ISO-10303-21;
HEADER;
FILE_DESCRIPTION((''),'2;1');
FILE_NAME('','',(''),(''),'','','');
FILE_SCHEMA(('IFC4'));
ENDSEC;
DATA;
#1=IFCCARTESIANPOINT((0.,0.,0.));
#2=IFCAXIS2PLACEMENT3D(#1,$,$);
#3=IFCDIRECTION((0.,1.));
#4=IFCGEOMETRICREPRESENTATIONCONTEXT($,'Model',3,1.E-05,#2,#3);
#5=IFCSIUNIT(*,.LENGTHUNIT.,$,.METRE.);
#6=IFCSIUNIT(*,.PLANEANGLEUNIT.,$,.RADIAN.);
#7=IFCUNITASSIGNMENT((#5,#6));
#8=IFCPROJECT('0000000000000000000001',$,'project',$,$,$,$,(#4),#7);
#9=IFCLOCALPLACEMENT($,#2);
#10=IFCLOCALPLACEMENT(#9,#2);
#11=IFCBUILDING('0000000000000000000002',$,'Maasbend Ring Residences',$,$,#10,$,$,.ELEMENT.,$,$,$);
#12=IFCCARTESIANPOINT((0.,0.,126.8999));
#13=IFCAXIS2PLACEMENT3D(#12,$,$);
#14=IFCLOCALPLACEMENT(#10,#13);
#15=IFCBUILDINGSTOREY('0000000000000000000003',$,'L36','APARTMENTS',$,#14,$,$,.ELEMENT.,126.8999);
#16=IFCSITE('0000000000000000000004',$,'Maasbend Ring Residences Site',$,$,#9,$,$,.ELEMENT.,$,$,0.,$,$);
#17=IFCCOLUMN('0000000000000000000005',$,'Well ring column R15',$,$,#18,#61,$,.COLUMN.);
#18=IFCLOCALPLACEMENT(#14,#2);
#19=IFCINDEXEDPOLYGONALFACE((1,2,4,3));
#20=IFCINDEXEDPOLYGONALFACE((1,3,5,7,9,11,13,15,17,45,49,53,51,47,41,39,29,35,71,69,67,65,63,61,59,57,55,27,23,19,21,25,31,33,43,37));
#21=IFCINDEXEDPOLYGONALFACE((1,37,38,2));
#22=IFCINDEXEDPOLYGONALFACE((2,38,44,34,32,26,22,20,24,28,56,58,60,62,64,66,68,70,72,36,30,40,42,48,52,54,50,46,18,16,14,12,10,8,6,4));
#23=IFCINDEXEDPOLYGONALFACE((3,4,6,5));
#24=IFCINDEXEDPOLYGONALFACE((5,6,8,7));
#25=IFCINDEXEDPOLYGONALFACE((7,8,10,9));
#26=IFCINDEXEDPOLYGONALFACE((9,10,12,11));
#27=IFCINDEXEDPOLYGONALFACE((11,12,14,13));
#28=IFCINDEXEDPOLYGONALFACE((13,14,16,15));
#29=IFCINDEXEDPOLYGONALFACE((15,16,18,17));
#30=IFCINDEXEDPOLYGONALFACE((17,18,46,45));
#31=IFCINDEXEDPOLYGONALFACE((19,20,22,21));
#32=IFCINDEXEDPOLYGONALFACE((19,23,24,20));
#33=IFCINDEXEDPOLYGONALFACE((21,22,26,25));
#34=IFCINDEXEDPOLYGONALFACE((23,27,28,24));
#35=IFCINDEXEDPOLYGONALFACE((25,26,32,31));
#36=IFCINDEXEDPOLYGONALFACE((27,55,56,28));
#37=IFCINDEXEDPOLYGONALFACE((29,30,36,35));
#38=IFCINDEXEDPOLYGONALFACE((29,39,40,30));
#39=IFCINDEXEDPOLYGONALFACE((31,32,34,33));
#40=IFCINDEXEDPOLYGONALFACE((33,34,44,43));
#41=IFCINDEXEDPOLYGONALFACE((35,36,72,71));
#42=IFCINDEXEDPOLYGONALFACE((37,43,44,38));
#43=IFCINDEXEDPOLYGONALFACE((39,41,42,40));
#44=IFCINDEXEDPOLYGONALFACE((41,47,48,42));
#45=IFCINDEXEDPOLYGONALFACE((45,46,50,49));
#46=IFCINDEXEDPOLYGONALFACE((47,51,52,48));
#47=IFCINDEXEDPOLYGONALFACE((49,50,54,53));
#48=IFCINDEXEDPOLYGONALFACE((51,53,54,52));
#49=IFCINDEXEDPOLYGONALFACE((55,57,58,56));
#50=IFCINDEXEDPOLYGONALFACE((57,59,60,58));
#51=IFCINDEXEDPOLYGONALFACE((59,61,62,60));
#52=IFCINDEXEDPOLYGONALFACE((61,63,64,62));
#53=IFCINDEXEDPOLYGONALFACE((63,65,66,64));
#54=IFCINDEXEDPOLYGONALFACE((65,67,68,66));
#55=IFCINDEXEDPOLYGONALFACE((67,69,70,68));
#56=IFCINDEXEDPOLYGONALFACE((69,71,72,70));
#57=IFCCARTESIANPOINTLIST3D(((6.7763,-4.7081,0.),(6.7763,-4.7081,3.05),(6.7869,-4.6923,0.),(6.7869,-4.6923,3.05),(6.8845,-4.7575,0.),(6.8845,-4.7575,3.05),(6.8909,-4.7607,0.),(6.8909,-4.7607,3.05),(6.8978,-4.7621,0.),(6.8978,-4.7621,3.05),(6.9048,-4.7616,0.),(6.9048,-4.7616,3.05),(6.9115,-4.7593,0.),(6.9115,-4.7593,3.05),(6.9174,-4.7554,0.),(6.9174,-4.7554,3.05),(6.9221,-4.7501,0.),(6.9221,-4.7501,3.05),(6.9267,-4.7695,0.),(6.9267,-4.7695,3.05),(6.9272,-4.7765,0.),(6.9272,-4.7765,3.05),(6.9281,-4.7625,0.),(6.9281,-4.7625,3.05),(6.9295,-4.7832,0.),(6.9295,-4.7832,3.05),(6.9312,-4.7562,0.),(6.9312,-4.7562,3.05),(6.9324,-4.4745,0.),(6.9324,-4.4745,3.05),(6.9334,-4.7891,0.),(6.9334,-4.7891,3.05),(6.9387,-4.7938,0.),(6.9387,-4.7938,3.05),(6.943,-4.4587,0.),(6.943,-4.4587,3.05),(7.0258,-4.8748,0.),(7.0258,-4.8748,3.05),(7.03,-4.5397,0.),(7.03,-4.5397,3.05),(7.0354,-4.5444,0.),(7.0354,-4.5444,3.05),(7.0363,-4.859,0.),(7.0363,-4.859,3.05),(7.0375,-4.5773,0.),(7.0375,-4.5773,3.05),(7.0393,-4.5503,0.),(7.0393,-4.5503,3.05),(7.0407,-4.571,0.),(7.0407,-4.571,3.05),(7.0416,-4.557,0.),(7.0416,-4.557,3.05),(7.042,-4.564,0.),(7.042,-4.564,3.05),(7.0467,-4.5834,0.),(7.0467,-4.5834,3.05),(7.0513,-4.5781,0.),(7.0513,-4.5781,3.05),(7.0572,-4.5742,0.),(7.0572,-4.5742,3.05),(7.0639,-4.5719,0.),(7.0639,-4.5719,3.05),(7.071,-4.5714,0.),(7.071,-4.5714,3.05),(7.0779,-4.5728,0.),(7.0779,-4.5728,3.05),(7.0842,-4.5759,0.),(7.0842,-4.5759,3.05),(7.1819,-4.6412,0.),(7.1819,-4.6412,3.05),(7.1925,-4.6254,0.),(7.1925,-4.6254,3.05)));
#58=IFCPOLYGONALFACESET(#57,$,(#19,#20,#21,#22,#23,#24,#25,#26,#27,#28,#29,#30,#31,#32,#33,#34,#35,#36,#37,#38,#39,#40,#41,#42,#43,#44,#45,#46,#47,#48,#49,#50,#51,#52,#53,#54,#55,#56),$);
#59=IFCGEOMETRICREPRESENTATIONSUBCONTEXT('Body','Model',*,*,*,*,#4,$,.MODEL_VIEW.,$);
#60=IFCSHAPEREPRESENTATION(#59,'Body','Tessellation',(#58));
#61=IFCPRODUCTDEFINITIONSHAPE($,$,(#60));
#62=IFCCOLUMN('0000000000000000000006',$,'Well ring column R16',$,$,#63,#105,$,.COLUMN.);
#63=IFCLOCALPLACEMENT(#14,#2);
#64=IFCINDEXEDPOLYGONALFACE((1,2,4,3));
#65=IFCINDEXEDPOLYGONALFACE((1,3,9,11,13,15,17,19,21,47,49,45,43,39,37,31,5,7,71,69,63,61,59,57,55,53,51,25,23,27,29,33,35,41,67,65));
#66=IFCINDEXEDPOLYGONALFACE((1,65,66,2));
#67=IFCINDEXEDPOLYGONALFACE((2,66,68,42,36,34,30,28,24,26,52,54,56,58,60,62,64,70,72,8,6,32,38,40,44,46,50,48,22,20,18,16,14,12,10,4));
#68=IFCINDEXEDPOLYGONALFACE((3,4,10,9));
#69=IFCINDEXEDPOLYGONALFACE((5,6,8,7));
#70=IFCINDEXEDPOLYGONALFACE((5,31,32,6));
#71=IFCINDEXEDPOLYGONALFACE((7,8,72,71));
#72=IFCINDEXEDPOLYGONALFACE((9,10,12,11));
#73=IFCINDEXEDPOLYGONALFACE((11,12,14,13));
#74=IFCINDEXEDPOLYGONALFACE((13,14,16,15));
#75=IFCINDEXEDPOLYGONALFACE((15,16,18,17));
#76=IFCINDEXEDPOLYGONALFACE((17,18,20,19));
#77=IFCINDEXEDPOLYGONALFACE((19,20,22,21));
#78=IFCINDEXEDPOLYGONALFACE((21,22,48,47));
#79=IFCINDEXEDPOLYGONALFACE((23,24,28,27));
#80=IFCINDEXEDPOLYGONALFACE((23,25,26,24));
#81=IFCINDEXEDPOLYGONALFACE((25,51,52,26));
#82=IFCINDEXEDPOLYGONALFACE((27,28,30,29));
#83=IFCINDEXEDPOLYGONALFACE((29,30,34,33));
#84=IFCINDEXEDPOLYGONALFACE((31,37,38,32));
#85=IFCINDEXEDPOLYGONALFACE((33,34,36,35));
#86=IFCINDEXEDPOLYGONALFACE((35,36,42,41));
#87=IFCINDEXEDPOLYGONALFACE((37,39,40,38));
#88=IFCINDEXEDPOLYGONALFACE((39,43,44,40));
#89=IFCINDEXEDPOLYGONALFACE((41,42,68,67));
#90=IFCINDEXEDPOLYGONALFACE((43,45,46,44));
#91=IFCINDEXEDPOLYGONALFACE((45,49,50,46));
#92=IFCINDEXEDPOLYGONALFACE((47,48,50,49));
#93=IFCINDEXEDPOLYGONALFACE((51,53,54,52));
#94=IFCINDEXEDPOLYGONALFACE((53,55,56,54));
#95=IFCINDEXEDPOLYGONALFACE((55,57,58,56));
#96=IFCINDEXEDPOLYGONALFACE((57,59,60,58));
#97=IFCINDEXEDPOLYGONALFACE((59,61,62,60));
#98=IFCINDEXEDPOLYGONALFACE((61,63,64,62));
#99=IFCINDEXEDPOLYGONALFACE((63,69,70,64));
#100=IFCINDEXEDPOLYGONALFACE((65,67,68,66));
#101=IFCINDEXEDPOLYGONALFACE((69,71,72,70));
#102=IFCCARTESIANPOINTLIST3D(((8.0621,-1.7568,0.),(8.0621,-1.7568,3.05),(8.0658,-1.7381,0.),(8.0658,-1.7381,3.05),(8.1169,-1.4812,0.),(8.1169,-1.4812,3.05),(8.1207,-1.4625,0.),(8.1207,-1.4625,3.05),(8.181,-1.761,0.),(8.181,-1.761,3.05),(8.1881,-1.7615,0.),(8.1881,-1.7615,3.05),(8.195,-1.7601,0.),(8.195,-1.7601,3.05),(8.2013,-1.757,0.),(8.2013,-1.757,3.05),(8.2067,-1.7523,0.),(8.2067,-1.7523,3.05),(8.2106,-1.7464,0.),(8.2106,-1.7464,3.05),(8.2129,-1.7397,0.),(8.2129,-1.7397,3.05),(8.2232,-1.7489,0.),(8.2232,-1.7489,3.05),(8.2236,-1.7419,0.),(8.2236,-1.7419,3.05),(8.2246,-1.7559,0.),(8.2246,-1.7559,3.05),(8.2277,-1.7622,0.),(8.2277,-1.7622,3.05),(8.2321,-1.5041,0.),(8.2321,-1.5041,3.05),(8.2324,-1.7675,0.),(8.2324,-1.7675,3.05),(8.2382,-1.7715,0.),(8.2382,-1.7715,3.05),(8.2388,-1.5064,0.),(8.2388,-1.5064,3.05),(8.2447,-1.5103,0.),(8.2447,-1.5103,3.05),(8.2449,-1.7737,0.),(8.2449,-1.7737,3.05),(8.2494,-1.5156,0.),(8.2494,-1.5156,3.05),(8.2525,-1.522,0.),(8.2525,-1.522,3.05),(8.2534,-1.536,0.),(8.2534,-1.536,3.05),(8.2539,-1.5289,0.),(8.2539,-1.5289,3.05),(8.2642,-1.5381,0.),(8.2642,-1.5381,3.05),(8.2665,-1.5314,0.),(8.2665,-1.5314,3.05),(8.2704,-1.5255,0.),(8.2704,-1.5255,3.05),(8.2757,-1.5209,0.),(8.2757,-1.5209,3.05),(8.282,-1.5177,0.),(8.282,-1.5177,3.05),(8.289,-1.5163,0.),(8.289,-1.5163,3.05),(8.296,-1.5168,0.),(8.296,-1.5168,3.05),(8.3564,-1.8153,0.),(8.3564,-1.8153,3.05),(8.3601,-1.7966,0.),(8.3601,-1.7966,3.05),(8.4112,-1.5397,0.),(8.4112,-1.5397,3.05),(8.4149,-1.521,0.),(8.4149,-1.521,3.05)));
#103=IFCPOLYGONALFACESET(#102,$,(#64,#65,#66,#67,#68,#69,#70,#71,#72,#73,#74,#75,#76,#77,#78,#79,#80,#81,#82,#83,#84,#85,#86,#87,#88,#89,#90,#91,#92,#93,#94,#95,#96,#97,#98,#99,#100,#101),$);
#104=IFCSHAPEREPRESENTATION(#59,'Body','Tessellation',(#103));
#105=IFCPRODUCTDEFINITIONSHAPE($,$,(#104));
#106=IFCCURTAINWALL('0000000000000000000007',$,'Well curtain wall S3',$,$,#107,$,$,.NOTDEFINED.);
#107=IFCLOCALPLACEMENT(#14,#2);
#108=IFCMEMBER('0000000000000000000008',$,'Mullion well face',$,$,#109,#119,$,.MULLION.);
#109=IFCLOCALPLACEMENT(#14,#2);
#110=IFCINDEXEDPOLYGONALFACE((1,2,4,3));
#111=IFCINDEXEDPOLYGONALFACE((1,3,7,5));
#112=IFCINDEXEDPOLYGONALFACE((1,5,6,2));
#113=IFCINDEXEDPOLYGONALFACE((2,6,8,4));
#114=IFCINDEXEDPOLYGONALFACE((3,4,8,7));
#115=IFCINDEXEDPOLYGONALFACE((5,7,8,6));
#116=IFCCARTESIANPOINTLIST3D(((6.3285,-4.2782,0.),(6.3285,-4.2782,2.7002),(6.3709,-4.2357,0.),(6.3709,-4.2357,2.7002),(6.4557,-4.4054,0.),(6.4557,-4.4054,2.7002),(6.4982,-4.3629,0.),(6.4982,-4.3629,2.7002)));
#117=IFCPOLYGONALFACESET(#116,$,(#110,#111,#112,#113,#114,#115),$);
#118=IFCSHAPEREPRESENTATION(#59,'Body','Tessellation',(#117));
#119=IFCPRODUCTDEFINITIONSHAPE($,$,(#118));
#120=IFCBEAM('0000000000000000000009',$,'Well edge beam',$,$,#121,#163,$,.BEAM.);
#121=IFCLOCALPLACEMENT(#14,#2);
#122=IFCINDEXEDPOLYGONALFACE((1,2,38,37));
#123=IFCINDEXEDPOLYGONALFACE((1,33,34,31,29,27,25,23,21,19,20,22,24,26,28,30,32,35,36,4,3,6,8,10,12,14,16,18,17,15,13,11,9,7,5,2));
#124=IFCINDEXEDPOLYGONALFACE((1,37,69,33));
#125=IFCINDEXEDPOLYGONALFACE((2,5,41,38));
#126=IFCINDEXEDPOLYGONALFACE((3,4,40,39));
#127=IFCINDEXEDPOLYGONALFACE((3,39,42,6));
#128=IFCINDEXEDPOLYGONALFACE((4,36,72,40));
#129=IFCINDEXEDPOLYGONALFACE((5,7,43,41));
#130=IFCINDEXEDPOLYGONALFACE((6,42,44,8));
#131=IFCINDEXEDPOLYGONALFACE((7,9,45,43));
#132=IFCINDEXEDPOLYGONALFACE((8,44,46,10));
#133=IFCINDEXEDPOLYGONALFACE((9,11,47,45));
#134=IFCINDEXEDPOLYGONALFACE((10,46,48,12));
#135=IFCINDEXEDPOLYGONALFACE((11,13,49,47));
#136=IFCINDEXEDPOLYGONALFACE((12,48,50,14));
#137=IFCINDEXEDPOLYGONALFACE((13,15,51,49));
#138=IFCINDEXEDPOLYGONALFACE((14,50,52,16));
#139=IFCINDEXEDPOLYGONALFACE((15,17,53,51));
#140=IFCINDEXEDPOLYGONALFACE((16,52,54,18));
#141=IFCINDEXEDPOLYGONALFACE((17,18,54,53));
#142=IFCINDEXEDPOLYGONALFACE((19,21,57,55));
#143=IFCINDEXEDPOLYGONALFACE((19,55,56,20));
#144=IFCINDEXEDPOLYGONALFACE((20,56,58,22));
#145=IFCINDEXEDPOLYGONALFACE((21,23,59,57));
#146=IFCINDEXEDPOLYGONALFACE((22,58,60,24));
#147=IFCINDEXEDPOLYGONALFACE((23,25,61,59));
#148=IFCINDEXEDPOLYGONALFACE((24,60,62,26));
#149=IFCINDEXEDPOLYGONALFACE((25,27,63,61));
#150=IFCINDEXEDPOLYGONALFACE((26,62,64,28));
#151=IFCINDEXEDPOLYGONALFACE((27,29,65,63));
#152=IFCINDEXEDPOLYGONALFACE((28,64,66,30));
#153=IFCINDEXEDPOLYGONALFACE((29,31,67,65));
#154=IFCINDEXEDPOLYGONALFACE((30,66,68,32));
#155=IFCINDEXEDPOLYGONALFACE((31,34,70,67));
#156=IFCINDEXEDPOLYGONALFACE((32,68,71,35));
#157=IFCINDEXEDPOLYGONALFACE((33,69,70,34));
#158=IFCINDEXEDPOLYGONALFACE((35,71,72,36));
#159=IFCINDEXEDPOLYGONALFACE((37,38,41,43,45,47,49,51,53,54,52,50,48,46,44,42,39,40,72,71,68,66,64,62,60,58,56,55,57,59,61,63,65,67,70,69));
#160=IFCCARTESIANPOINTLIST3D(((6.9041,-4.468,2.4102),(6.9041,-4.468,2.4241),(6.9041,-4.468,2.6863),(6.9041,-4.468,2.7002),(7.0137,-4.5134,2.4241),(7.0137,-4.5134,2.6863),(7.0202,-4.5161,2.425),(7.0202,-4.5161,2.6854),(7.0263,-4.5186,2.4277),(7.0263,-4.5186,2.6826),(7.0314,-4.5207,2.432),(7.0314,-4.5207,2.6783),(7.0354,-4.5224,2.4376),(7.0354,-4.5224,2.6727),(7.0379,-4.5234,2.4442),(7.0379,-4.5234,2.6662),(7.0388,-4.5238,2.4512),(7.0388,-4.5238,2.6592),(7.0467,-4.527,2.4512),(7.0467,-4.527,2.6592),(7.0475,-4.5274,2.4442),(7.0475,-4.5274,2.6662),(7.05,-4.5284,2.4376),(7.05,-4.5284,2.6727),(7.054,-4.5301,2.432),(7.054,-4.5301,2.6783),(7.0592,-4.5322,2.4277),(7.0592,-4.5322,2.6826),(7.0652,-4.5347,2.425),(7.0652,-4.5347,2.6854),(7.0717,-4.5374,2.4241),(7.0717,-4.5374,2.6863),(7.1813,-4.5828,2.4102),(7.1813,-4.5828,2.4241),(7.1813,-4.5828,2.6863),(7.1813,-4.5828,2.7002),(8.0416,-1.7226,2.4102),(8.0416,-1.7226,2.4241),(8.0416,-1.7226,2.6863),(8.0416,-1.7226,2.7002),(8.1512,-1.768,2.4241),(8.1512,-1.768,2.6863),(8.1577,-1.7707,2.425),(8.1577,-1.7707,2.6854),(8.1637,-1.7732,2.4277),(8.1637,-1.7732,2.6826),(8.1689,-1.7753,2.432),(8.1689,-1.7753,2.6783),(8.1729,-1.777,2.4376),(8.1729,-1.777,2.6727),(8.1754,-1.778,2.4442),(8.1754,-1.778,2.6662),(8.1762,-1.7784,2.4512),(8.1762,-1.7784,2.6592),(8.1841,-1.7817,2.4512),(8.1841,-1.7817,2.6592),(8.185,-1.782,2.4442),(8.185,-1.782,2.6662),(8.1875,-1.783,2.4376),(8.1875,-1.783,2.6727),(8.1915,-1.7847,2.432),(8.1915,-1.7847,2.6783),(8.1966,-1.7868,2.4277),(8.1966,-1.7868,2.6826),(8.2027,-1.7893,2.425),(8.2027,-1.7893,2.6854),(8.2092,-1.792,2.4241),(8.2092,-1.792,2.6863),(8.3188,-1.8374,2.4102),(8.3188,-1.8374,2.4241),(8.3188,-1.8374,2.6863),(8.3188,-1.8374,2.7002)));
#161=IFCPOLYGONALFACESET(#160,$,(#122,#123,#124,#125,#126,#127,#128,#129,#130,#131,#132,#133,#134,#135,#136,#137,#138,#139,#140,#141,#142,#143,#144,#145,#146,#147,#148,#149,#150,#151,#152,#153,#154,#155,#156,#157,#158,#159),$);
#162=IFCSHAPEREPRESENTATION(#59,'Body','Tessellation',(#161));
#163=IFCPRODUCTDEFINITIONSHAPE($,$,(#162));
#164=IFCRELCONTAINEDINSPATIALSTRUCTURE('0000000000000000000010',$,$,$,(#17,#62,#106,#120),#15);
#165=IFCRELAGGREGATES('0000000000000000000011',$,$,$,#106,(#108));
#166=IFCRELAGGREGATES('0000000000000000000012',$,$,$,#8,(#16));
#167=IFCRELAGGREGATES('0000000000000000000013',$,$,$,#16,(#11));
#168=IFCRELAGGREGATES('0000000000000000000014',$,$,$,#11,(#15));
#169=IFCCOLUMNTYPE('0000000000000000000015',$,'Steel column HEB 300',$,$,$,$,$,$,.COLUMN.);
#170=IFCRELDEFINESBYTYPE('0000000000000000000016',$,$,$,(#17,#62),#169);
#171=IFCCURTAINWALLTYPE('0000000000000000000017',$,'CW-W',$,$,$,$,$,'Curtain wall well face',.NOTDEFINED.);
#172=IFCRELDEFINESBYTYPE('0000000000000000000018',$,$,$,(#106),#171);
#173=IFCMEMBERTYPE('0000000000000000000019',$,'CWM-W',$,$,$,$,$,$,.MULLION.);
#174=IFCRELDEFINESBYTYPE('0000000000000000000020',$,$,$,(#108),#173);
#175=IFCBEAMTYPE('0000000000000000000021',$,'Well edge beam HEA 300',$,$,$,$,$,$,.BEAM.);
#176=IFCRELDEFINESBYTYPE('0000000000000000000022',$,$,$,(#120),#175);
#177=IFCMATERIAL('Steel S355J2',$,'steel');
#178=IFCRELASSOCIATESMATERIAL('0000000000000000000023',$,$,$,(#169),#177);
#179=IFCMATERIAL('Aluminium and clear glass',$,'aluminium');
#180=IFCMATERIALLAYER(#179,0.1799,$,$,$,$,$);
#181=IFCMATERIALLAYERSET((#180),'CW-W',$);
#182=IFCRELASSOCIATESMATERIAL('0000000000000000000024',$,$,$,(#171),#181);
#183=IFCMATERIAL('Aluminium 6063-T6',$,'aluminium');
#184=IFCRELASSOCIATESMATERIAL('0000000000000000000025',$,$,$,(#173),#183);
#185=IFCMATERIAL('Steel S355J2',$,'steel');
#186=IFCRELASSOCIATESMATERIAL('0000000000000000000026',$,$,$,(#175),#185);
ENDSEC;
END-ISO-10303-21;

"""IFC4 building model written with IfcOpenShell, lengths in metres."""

from ifc_helpers import new_model, si_unit, direction, frame, origin, origin_2d, place, context, subcontext, project, spatial, rectangle, i_section, extrude, material, layer, layer_set, material_profile, profile_set, type_object, element, aggregate, save


model = new_model("IFC4")

# Units and contexts
model_context = context("Model", 3, precision=1e-05, world=origin(), true_north=direction((0.0, 1.0)))
body_context = subcontext(model_context, "Body", "Model", "MODEL_VIEW")
ifc_project = project(units=[si_unit("LENGTHUNIT", "METRE"), si_unit("PLANEANGLEUNIT", "RADIAN")], contexts=[model_context])

# Site, building, storey
site_placement = place(None, origin())
site = spatial("IfcSite", under=ifc_project, at=site_placement, Name="Maasbend Ring Residences Site", CompositionType="ELEMENT", RefElevation=0.0)
building_placement = place(site_placement, origin())
building = spatial("IfcBuilding", under=site, at=building_placement, Name="Maasbend Ring Residences", CompositionType="ELEMENT")
storey_placement = place(building_placement, frame((0.0, 0.0, 126.8999)))
storey = spatial("IfcBuildingStorey", under=building, at=storey_placement, Name="L36", Description="APARTMENTS", CompositionType="ELEMENT", Elevation=126.8999)

# Columns
ifc_material_1 = material(Name="Steel S355J2", Category="steel")
ifc_material_profile_1 = material_profile(ifc_material_1, i_section(OverallWidth=0.3, OverallDepth=0.3, WebThickness=0.011, FlangeThickness=0.019, FilletRadius=0.0271, at=origin_2d()), Name="HEB 300")
ifc_profile_set_1 = profile_set([ifc_material_profile_1], Name="Steel S355J2")
column_type = type_object("IfcColumnType", Name="Steel column HEB 300", PredefinedType="COLUMN", material=ifc_profile_set_1)
for number, where, z_axis, x_axis, name in (
    (1, (6.9844, -4.6667, 0.0), (0.0, 0.0, 1.0), (0.83147, -0.55557, 0.0), "Well ring column R15"),
    (2, (8.2385, -1.6389, 0.0), (0.0, 0.0, 1.0), (0.980785, -0.19509, 0.0), "Well ring column R16"),
):
    element("IfcColumn", number, at=place(storey_placement, frame(where, z_axis=z_axis, x_axis=x_axis)), inside=storey, type_object=column_type, Name=name, PredefinedType="COLUMN", context=body_context, shape_type="SweptSolid", body=[
        extrude(i_section(OverallWidth=0.3, OverallDepth=0.3, WebThickness=0.011, FlangeThickness=0.019, FilletRadius=0.0271, at=origin_2d()), origin(), (0.0, 0.0, 1.0), 3.05),
    ])

# Curtain wall, member
ifc_material_2 = material(Name="Aluminium and clear glass", Category="aluminium")
ifc_layer_1 = layer(ifc_material_2, 0.1799)
ifc_layer_set_1 = layer_set([ifc_layer_1], Name="CW-W")
curtain_wall_type = type_object("IfcCurtainWallType", Name="CW-W", ElementType="Curtain wall well face", PredefinedType="NOTDEFINED", material=ifc_layer_set_1)
curtain_wall_placement = place(storey_placement, origin())
curtain_wall = element("IfcCurtainWall", 3, at=curtain_wall_placement, inside=storey, type_object=curtain_wall_type, Name="Well curtain wall S3", PredefinedType="NOTDEFINED")
ifc_material_3 = material(Name="Aluminium 6063-T6", Category="aluminium")
ifc_material_profile_2 = material_profile(ifc_material_3, rectangle(XDim=0.1799, YDim=0.0601, at=origin_2d()), Name="AL 180x60")
ifc_profile_set_2 = profile_set([ifc_material_profile_2], Name="Aluminium 6063-T6")
member_type = type_object("IfcMemberType", Name="CWM-W", PredefinedType="MULLION", material=ifc_profile_set_2)
member_placement = place(storey_placement, frame((6.4133, -4.3206, 0.0), z_axis=(0.0, 0.0, 1.0), x_axis=(-0.707107, 0.707107, 0.0)))
member = element("IfcMember", 4, at=member_placement, type_object=member_type, Name="Mullion well face", PredefinedType="MULLION", context=body_context, shape_type="SweptSolid", body=[
    extrude(rectangle(XDim=0.1799, YDim=0.0601, at=origin_2d()), origin(), (0.0, 0.0, 1.0), 2.7002),
])

# Beam
ifc_material_4 = material(Name="Steel S355J2", Category="steel")
ifc_material_profile_3 = material_profile(ifc_material_4, i_section(OverallWidth=0.3, OverallDepth=0.29, WebThickness=0.0085, FlangeThickness=0.0139, FilletRadius=0.0271, at=origin_2d()), Name="HEA 300")
ifc_profile_set_3 = profile_set([ifc_material_profile_3], Name="Steel S355J2")
beam_type = type_object("IfcBeamType", Name="Well edge beam HEA 300", PredefinedType="BEAM", material=ifc_profile_set_3)
for number, where, z_axis, x_axis, name in (
    (5, (7.0427, -4.5254, 2.5552), (0.382765, 0.923846, 0.0), (-0.923846, 0.382765, 0.0), "Well edge beam"),
):
    element("IfcBeam", number, at=place(storey_placement, frame(where, z_axis=z_axis, x_axis=x_axis)), inside=storey, type_object=beam_type, Name=name, PredefinedType="BEAM", context=body_context, shape_type="SweptSolid", body=[
        extrude(i_section(OverallWidth=0.3, OverallDepth=0.29, WebThickness=0.0085, FlangeThickness=0.0139, FilletRadius=0.0271, at=origin_2d()), origin(), (0.0, 0.0, 1.0), 2.9717),
    ])

aggregate(curtain_wall, [member])

save(model, "model.ifc")
